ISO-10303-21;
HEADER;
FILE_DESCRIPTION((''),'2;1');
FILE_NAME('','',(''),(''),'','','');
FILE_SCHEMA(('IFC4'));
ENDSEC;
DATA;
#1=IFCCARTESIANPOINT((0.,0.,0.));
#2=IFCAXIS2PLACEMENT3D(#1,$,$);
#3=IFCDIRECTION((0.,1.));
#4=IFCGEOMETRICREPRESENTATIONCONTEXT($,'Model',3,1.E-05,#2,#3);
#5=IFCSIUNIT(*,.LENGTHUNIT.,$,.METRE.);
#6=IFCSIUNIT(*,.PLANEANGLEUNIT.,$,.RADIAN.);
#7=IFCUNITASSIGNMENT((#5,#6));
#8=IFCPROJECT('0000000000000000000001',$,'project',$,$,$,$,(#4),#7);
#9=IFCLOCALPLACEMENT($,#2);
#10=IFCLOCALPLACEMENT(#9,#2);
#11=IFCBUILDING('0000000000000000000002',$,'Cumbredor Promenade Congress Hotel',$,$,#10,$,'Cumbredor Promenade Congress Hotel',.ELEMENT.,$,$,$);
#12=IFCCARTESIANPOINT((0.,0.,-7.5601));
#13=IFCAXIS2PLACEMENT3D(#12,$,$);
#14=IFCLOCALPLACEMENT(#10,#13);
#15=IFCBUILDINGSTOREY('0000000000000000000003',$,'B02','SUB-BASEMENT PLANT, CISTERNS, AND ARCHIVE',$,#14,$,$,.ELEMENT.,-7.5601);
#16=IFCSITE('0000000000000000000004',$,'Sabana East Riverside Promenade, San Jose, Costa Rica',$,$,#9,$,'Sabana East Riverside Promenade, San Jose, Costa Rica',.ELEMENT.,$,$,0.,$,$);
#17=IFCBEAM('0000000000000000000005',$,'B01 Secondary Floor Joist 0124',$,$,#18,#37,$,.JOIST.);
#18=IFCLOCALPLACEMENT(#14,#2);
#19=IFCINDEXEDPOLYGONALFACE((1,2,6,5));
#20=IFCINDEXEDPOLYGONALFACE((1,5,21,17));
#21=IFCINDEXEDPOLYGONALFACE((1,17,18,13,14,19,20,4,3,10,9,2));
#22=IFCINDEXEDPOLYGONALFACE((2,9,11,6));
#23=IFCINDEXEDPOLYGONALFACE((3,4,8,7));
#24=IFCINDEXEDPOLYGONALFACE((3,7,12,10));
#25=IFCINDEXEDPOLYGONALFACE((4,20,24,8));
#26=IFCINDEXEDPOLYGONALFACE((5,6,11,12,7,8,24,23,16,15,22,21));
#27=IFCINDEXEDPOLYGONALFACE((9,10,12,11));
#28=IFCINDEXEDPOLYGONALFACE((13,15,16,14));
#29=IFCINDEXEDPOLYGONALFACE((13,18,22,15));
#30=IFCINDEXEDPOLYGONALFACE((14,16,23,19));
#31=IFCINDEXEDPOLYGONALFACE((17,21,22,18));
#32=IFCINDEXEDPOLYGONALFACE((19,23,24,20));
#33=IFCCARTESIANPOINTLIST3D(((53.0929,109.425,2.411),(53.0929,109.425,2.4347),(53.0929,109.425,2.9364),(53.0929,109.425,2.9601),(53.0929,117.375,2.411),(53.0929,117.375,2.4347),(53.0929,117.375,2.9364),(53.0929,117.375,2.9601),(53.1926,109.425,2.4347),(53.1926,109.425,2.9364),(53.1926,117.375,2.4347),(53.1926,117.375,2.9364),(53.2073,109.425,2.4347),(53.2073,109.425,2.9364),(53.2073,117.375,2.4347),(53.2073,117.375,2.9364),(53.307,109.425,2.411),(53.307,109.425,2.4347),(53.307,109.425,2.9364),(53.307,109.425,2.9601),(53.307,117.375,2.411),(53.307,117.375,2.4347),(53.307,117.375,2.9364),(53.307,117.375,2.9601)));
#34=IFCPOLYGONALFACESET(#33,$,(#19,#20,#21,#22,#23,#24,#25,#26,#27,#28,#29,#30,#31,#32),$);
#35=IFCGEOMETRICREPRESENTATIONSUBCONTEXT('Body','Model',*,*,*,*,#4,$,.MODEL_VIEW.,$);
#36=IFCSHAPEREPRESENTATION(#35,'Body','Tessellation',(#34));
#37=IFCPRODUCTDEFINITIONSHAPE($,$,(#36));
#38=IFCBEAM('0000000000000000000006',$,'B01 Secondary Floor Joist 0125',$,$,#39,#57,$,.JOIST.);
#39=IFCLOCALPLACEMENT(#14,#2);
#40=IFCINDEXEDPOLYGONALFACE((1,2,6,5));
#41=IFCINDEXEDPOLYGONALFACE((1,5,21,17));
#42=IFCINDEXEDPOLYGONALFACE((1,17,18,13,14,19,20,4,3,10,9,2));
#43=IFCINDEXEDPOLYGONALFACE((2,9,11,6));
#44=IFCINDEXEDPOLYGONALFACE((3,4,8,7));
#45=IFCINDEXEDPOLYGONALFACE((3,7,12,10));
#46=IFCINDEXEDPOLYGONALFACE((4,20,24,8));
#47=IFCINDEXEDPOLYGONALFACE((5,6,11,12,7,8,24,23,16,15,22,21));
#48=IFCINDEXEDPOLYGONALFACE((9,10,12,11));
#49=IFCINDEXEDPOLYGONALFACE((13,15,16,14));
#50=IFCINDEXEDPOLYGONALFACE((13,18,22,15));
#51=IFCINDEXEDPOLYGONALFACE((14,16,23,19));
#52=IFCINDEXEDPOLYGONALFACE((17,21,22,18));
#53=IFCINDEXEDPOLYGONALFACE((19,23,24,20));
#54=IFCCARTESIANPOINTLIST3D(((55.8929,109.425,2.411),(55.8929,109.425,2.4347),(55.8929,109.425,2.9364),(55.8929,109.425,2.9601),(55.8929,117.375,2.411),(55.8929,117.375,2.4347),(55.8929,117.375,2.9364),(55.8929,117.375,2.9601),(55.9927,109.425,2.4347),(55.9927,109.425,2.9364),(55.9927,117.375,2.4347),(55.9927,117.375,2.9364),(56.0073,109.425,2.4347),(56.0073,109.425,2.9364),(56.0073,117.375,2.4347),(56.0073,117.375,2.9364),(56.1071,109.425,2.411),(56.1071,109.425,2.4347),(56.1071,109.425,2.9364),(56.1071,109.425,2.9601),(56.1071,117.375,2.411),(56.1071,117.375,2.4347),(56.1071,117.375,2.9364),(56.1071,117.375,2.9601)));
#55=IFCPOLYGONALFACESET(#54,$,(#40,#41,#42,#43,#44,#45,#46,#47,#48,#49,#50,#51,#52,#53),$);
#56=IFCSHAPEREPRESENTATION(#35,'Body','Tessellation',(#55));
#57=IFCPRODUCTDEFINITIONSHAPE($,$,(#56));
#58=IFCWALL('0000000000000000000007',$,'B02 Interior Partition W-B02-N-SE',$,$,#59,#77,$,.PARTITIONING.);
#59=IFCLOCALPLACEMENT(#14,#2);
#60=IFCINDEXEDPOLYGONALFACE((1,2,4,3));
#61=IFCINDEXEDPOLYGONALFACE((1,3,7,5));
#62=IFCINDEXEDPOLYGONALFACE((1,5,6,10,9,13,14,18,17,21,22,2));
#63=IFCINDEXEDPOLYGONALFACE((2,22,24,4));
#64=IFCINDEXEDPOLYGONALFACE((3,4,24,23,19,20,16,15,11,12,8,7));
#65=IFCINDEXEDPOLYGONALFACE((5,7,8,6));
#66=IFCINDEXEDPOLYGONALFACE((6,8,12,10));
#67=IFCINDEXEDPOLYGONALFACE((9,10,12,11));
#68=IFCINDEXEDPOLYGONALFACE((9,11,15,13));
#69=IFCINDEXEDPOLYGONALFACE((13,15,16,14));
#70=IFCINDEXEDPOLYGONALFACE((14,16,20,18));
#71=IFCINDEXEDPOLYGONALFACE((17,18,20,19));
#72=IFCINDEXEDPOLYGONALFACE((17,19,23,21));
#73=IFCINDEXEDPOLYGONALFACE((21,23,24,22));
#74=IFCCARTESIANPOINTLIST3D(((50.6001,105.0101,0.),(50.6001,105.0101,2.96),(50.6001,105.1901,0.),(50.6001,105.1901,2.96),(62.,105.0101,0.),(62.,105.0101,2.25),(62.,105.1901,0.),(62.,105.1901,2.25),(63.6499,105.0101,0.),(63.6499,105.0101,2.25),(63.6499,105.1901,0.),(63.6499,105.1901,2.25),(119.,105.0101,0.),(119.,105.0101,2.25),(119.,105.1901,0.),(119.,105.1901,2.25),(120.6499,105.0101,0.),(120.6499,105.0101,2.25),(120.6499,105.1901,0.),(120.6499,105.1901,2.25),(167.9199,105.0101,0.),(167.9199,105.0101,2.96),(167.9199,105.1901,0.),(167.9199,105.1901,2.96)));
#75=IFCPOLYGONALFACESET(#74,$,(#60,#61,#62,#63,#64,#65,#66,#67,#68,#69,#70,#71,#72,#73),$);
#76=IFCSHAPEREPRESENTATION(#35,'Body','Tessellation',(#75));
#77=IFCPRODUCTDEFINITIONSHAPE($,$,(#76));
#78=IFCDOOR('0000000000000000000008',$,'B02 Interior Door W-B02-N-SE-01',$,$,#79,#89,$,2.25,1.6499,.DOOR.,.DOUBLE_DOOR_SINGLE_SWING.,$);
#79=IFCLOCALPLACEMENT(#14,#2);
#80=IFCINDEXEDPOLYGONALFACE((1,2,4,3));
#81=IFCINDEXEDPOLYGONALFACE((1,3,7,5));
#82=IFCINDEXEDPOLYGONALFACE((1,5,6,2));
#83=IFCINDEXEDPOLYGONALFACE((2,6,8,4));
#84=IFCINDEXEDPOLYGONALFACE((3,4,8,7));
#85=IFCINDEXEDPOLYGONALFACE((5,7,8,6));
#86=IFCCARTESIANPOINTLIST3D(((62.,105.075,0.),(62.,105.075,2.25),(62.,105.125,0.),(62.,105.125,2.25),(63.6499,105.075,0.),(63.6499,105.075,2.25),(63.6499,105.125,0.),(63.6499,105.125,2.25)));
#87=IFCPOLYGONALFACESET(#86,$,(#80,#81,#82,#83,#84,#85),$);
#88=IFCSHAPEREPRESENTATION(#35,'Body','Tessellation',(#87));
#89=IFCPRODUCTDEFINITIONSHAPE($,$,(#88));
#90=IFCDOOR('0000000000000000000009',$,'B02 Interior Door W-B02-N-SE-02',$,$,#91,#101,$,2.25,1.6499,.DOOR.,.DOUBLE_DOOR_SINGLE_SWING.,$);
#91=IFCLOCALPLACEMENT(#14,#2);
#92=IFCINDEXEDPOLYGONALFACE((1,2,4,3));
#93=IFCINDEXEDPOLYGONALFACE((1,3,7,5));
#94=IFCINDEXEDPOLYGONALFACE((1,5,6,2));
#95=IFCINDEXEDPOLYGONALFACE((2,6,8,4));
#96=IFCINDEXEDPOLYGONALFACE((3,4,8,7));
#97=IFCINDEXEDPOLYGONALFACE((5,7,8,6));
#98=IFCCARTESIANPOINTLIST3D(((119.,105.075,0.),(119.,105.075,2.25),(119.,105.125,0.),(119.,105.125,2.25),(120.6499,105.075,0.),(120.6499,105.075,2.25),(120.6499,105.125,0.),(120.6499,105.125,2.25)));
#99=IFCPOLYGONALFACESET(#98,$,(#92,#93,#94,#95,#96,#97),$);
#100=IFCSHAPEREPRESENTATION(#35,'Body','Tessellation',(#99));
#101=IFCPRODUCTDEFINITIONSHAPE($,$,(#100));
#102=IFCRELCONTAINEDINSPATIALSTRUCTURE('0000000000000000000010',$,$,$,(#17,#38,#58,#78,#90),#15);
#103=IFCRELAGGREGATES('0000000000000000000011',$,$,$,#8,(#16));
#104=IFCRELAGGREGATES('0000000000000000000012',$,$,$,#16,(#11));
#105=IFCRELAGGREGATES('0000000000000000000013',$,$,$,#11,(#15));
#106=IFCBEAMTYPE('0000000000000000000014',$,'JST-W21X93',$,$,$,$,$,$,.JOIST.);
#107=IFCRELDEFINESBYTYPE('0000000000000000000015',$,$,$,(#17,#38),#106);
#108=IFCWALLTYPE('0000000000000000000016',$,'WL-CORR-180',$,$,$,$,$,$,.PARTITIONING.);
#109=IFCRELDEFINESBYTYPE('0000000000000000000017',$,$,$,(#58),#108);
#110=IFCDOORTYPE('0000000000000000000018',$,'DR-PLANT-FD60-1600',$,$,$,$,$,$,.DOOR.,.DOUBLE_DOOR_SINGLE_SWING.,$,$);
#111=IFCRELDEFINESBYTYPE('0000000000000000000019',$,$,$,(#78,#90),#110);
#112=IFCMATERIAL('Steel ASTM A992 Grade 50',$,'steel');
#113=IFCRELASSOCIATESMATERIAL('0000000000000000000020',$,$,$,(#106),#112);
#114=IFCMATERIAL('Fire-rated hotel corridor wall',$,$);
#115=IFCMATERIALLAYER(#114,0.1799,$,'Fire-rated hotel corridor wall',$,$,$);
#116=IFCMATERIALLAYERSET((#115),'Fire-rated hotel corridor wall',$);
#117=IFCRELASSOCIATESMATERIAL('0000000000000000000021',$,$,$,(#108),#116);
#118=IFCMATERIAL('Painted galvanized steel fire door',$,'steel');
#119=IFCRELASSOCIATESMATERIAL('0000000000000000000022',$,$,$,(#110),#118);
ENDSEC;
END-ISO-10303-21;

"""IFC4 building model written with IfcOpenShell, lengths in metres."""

from ifc_helpers import new_model, si_unit, direction, frame, frame_2d, origin, origin_2d, place, context, subcontext, project, spatial, rectangle, i_section, extrude, material, layer, layer_set, material_profile, profile_set, type_object, element, fill, save


model = new_model("IFC4")

# Units and contexts
model_context = context("Model", 3, precision=1e-05, world=origin(), true_north=direction((0.0, 1.0)))
body_context = subcontext(model_context, "Body", "Model", "MODEL_VIEW")
ifc_project = project(units=[si_unit("LENGTHUNIT", "METRE"), si_unit("PLANEANGLEUNIT", "RADIAN")], contexts=[model_context])

# Site, building, storey
site_placement = place(None, origin())
site = spatial("IfcSite", under=ifc_project, at=site_placement, Name="Sabana East Riverside Promenade, San Jose, Costa Rica", LongName="Sabana East Riverside Promenade, San Jose, Costa Rica", CompositionType="ELEMENT", RefElevation=0.0)
building_placement = place(site_placement, origin())
building = spatial("IfcBuilding", under=site, at=building_placement, Name="Cumbredor Promenade Congress Hotel", LongName="Cumbredor Promenade Congress Hotel", CompositionType="ELEMENT")
storey_placement = place(building_placement, frame((0.0, 0.0, -7.5601)))
storey = spatial("IfcBuildingStorey", under=building, at=storey_placement, Name="B02", Description="SUB-BASEMENT PLANT, CISTERNS, AND ARCHIVE", CompositionType="ELEMENT", Elevation=-7.5601)

# Beams
ifc_material_1 = material(Name="Steel ASTM A992 Grade 50", Category="steel")
ifc_material_profile_1 = material_profile(ifc_material_1, i_section(OverallWidth=0.2141, OverallDepth=0.5491, WebThickness=0.0146, FlangeThickness=0.0237, at=origin_2d()), Name="W21X93")
ifc_profile_set_1 = profile_set([ifc_material_profile_1], Name="Steel ASTM A992 Grade 50")
beam_type_1 = type_object("IfcBeamType", Name="JST-W21X93", PredefinedType="JOIST", material=ifc_profile_set_1)
for number, where, z_axis, x_axis, name in (
    (1, (53.2, 109.425, 2.6855), (0.0, 1.0, 0.0), (-1.0, 0.0, 0.0), "B01 Secondary Floor Joist 0124"),
    (2, (56.0, 109.425, 2.6855), (0.0, 1.0, 0.0), (-1.0, 0.0, 0.0), "B01 Secondary Floor Joist 0125"),
):
    element("IfcBeam", number, at=place(storey_placement, frame(where, z_axis=z_axis, x_axis=x_axis)), inside=storey, type_object=beam_type_1, Name=name, PredefinedType="JOIST", context=body_context, shape_type="SweptSolid", body=[
        extrude(i_section(OverallWidth=0.2141, OverallDepth=0.5491, WebThickness=0.0146, FlangeThickness=0.0237, at=origin_2d()), origin(), (0.0, 0.0, 1.0), 7.95),
    ])

# Wall, openings, doors
ifc_material_2 = material(Name="Fire-rated hotel corridor wall")
ifc_layer = layer(ifc_material_2, 0.1799, Name="Fire-rated hotel corridor wall")
ifc_layer_set = layer_set([ifc_layer], Name="Fire-rated hotel corridor wall")
wall_type = type_object("IfcWallType", Name="WL-CORR-180", PredefinedType="PARTITIONING", material=ifc_layer_set)
wall_placement = place(storey_placement, frame((50.6001, 105.1001, 0.0), z_axis=(0.0, 0.0, 1.0), x_axis=(1.0, 0.0, 0.0)))
wall = element("IfcWall", 3, at=wall_placement, inside=storey, type_object=wall_type, Name="B02 Interior Partition W-B02-N-SE", PredefinedType="PARTITIONING", context=body_context, shape_type="SweptSolid", body=[
    extrude(rectangle(XDim=117.3198, YDim=0.1799, at=frame_2d((58.6599, 0.0))), origin(), (0.0, 0.0, 1.0), 2.96),
])
opening_1_placement = place(wall_placement, frame((11.3999, 0.0, 0.0)))
opening_1 = element("IfcOpeningElement", 4, at=opening_1_placement, cuts=wall, PredefinedType="OPENING", context=body_context, shape_type="SweptSolid", body=[
    extrude(rectangle(XDim=1.6499, YDim=2.25, at=frame_2d((0.825, 1.125))), frame((0.0, 0.1001, 0.0), z_axis=(0.0, -1.0, 0.0), x_axis=(1.0, 0.0, 0.0)), (0.0, 0.0, 1.0), 0.2),
])
opening_2_placement = place(wall_placement, frame((68.3999, 0.0, 0.0)))
opening_2 = element("IfcOpeningElement", 5, at=opening_2_placement, cuts=wall, PredefinedType="OPENING", context=body_context, shape_type="SweptSolid", body=[
    extrude(rectangle(XDim=1.6499, YDim=2.25, at=frame_2d((0.825, 1.125))), frame((0.0, 0.1001, 0.0), z_axis=(0.0, -1.0, 0.0), x_axis=(1.0, 0.0, 0.0)), (0.0, 0.0, 1.0), 0.2),
])
ifc_material_3 = material(Name="Painted galvanized steel fire door", Category="steel")
door_type = type_object("IfcDoorType", Name="DR-PLANT-FD60-1600", OperationType="DOUBLE_DOOR_SINGLE_SWING", PredefinedType="DOOR", material=ifc_material_3)
door_1_placement = place(opening_1_placement, origin())
door_1 = element("IfcDoor", 6, at=door_1_placement, inside=storey, type_object=door_type, Name="B02 Interior Door W-B02-N-SE-01", OperationType="DOUBLE_DOOR_SINGLE_SWING", OverallHeight=2.25, OverallWidth=1.6499, PredefinedType="DOOR", context=body_context, shape_type="SweptSolid", body=[
    extrude(rectangle(XDim=1.6499, YDim=2.25, at=frame_2d((0.825, 1.125))), frame((0.0, 0.0249, 0.0), z_axis=(0.0, -1.0, 0.0), x_axis=(1.0, 0.0, 0.0)), (0.0, 0.0, 1.0), 0.05),
])
fill(opening_1, door_1)
door_2_placement = place(opening_2_placement, origin())
door_2 = element("IfcDoor", 7, at=door_2_placement, inside=storey, type_object=door_type, Name="B02 Interior Door W-B02-N-SE-02", OperationType="DOUBLE_DOOR_SINGLE_SWING", OverallHeight=2.25, OverallWidth=1.6499, PredefinedType="DOOR", context=body_context, shape_type="SweptSolid", body=[
    extrude(rectangle(XDim=1.6499, YDim=2.25, at=frame_2d((0.825, 1.125))), frame((0.0, 0.0249, 0.0), z_axis=(0.0, -1.0, 0.0), x_axis=(1.0, 0.0, 0.0)), (0.0, 0.0, 1.0), 0.05),
])
fill(opening_2, door_2)

save(model, "model.ifc")
